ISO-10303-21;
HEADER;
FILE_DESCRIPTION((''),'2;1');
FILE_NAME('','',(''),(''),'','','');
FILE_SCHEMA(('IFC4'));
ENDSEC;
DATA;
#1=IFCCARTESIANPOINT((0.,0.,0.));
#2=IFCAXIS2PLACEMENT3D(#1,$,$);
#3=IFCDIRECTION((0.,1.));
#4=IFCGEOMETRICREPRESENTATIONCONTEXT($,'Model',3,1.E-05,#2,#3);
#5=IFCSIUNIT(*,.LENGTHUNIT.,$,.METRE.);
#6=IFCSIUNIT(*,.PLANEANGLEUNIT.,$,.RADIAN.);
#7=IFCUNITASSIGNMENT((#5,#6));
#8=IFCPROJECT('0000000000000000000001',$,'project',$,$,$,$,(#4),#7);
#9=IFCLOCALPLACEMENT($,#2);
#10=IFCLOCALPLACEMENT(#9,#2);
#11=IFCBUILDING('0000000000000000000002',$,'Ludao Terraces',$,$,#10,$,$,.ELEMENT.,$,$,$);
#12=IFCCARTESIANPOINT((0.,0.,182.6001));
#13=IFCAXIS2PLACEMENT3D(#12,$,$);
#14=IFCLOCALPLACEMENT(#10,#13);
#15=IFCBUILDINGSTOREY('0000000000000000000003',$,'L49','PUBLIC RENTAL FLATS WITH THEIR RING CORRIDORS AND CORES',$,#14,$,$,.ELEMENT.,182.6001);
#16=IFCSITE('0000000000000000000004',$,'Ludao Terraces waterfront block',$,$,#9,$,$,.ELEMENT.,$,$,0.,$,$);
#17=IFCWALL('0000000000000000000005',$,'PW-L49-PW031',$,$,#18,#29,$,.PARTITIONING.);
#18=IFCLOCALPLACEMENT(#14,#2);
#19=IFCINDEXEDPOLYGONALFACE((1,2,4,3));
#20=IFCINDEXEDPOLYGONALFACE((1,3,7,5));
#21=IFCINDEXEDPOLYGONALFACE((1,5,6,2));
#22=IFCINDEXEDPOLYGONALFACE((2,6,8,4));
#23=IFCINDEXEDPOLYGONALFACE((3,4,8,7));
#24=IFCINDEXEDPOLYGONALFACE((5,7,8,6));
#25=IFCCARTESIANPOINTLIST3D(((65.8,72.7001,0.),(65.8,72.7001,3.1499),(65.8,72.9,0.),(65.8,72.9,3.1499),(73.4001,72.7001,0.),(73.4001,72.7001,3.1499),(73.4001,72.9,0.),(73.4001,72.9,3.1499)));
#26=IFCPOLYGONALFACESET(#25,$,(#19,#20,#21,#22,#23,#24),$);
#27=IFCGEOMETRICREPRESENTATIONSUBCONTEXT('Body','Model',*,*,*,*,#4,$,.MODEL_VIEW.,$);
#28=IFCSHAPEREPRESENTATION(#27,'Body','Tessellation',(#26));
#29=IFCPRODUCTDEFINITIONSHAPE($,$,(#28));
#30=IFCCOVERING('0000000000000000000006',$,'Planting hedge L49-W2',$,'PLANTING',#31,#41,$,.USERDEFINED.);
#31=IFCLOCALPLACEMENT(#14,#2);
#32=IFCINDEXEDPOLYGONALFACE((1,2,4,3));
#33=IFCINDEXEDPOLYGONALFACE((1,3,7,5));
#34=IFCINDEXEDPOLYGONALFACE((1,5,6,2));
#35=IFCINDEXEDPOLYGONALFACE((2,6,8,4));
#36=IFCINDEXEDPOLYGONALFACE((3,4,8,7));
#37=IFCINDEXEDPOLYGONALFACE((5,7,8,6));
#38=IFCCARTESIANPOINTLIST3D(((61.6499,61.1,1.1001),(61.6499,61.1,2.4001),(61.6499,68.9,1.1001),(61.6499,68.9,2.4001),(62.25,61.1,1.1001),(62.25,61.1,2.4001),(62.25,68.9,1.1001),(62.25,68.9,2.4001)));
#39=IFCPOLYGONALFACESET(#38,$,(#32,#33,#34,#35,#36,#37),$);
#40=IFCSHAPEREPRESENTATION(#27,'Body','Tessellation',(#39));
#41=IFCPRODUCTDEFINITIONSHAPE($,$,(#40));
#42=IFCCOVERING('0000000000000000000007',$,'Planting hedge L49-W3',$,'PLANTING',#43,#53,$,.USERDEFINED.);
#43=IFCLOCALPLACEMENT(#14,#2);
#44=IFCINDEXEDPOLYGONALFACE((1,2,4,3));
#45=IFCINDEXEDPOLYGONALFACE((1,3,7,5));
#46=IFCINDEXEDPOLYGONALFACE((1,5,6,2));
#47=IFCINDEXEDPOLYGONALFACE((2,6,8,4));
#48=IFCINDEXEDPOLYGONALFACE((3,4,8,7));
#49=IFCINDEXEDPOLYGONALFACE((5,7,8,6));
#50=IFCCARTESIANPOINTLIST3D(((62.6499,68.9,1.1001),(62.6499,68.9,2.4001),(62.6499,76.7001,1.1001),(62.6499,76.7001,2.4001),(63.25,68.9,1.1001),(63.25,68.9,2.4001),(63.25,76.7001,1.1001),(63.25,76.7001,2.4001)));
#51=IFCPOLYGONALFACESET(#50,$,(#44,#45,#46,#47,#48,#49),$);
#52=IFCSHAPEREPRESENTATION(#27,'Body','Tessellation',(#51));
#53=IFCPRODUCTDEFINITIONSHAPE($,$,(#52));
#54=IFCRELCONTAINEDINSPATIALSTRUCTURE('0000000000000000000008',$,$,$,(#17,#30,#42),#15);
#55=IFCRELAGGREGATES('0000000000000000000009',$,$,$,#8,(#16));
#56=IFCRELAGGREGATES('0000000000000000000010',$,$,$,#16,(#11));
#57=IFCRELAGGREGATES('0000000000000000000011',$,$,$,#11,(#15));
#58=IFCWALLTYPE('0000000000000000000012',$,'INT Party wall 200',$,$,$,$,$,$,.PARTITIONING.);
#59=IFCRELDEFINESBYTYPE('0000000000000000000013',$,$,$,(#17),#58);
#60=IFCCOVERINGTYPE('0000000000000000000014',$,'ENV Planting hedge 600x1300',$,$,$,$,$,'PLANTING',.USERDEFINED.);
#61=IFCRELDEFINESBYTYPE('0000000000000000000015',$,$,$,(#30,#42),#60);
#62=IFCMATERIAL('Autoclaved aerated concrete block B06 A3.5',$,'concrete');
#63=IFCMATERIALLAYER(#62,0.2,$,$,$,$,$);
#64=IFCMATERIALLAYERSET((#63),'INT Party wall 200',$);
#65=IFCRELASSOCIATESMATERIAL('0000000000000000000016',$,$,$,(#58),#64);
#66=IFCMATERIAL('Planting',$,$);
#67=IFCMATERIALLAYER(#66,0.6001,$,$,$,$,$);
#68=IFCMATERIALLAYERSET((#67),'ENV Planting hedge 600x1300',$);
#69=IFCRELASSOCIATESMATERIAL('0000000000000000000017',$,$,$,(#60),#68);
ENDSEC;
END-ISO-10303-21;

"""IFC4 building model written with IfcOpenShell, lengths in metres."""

from ifc_helpers import new_model, si_unit, direction, frame, frame_2d, origin, origin_2d, place, context, subcontext, project, spatial, rectangle, extrude, material, layer, layer_set, type_object, element, save


model = new_model("IFC4")

# Units and contexts
model_context = context("Model", 3, precision=1e-05, world=origin(), true_north=direction((0.0, 1.0)))
body_context = subcontext(model_context, "Body", "Model", "MODEL_VIEW")
ifc_project = project(units=[si_unit("LENGTHUNIT", "METRE"), si_unit("PLANEANGLEUNIT", "RADIAN")], contexts=[model_context])

# Site, building, storey
site_placement = place(None, origin())
site = spatial("IfcSite", under=ifc_project, at=site_placement, Name="Ludao Terraces waterfront block", CompositionType="ELEMENT", RefElevation=0.0)
building_placement = place(site_placement, origin())
building = spatial("IfcBuilding", under=site, at=building_placement, Name="Ludao Terraces", CompositionType="ELEMENT")
storey_placement = place(building_placement, frame((0.0, 0.0, 182.6001)))
storey = spatial("IfcBuildingStorey", under=building, at=storey_placement, Name="L49", Description="PUBLIC RENTAL FLATS WITH THEIR RING CORRIDORS AND CORES", CompositionType="ELEMENT", Elevation=182.6001)

# Wall
ifc_material_1 = material(Name="Autoclaved aerated concrete block B06 A3.5", Category="concrete")
ifc_layer_1 = layer(ifc_material_1, 0.2)
ifc_layer_set_1 = layer_set([ifc_layer_1], Name="INT Party wall 200")
wall_type_1 = type_object("IfcWallType", Name="INT Party wall 200", PredefinedType="PARTITIONING", material=ifc_layer_set_1)
for number, where, z_axis, x_axis, name in (
    (1, (65.8, 72.8, 0.0), (0.0, 0.0, 1.0), (1.0, 0.0, 0.0), "PW-L49-PW031"),
):
    element("IfcWall", number, at=place(storey_placement, frame(where, z_axis=z_axis, x_axis=x_axis)), inside=storey, type_object=wall_type_1, Name=name, PredefinedType="PARTITIONING", context=body_context, shape_type="SweptSolid", body=[
        extrude(rectangle(XDim=7.6001, YDim=0.2, at=frame_2d((3.8, 0.0))), origin(), (0.0, 0.0, 1.0), 3.1499),
    ])

# Coverings
ifc_material_2 = material(Name="Planting")
ifc_layer_2 = layer(ifc_material_2, 0.6001)
ifc_layer_set_2 = layer_set([ifc_layer_2], Name="ENV Planting hedge 600x1300")
covering_type = type_object("IfcCoveringType", Name="ENV Planting hedge 600x1300", ElementType="PLANTING", PredefinedType="USERDEFINED", material=ifc_layer_set_2)
for number, where, z_axis, x_axis, name in (
    (2, (61.95, 65.0, 1.1001), (0.0, 0.0, 1.0), (1.0, 0.0, 0.0), "Planting hedge L49-W2"),
    (3, (62.95, 72.8, 1.1001), (0.0, 0.0, 1.0), (1.0, 0.0, 0.0), "Planting hedge L49-W3"),
):
    element("IfcCovering", number, at=place(storey_placement, frame(where, z_axis=z_axis, x_axis=x_axis)), inside=storey, type_object=covering_type, Name=name, ObjectType="PLANTING", PredefinedType="USERDEFINED", context=body_context, shape_type="SweptSolid", body=[
        extrude(rectangle(XDim=0.6001, YDim=7.8, at=origin_2d()), origin(), (0.0, 0.0, 1.0), 1.3),
    ])

save(model, "model.ifc")
